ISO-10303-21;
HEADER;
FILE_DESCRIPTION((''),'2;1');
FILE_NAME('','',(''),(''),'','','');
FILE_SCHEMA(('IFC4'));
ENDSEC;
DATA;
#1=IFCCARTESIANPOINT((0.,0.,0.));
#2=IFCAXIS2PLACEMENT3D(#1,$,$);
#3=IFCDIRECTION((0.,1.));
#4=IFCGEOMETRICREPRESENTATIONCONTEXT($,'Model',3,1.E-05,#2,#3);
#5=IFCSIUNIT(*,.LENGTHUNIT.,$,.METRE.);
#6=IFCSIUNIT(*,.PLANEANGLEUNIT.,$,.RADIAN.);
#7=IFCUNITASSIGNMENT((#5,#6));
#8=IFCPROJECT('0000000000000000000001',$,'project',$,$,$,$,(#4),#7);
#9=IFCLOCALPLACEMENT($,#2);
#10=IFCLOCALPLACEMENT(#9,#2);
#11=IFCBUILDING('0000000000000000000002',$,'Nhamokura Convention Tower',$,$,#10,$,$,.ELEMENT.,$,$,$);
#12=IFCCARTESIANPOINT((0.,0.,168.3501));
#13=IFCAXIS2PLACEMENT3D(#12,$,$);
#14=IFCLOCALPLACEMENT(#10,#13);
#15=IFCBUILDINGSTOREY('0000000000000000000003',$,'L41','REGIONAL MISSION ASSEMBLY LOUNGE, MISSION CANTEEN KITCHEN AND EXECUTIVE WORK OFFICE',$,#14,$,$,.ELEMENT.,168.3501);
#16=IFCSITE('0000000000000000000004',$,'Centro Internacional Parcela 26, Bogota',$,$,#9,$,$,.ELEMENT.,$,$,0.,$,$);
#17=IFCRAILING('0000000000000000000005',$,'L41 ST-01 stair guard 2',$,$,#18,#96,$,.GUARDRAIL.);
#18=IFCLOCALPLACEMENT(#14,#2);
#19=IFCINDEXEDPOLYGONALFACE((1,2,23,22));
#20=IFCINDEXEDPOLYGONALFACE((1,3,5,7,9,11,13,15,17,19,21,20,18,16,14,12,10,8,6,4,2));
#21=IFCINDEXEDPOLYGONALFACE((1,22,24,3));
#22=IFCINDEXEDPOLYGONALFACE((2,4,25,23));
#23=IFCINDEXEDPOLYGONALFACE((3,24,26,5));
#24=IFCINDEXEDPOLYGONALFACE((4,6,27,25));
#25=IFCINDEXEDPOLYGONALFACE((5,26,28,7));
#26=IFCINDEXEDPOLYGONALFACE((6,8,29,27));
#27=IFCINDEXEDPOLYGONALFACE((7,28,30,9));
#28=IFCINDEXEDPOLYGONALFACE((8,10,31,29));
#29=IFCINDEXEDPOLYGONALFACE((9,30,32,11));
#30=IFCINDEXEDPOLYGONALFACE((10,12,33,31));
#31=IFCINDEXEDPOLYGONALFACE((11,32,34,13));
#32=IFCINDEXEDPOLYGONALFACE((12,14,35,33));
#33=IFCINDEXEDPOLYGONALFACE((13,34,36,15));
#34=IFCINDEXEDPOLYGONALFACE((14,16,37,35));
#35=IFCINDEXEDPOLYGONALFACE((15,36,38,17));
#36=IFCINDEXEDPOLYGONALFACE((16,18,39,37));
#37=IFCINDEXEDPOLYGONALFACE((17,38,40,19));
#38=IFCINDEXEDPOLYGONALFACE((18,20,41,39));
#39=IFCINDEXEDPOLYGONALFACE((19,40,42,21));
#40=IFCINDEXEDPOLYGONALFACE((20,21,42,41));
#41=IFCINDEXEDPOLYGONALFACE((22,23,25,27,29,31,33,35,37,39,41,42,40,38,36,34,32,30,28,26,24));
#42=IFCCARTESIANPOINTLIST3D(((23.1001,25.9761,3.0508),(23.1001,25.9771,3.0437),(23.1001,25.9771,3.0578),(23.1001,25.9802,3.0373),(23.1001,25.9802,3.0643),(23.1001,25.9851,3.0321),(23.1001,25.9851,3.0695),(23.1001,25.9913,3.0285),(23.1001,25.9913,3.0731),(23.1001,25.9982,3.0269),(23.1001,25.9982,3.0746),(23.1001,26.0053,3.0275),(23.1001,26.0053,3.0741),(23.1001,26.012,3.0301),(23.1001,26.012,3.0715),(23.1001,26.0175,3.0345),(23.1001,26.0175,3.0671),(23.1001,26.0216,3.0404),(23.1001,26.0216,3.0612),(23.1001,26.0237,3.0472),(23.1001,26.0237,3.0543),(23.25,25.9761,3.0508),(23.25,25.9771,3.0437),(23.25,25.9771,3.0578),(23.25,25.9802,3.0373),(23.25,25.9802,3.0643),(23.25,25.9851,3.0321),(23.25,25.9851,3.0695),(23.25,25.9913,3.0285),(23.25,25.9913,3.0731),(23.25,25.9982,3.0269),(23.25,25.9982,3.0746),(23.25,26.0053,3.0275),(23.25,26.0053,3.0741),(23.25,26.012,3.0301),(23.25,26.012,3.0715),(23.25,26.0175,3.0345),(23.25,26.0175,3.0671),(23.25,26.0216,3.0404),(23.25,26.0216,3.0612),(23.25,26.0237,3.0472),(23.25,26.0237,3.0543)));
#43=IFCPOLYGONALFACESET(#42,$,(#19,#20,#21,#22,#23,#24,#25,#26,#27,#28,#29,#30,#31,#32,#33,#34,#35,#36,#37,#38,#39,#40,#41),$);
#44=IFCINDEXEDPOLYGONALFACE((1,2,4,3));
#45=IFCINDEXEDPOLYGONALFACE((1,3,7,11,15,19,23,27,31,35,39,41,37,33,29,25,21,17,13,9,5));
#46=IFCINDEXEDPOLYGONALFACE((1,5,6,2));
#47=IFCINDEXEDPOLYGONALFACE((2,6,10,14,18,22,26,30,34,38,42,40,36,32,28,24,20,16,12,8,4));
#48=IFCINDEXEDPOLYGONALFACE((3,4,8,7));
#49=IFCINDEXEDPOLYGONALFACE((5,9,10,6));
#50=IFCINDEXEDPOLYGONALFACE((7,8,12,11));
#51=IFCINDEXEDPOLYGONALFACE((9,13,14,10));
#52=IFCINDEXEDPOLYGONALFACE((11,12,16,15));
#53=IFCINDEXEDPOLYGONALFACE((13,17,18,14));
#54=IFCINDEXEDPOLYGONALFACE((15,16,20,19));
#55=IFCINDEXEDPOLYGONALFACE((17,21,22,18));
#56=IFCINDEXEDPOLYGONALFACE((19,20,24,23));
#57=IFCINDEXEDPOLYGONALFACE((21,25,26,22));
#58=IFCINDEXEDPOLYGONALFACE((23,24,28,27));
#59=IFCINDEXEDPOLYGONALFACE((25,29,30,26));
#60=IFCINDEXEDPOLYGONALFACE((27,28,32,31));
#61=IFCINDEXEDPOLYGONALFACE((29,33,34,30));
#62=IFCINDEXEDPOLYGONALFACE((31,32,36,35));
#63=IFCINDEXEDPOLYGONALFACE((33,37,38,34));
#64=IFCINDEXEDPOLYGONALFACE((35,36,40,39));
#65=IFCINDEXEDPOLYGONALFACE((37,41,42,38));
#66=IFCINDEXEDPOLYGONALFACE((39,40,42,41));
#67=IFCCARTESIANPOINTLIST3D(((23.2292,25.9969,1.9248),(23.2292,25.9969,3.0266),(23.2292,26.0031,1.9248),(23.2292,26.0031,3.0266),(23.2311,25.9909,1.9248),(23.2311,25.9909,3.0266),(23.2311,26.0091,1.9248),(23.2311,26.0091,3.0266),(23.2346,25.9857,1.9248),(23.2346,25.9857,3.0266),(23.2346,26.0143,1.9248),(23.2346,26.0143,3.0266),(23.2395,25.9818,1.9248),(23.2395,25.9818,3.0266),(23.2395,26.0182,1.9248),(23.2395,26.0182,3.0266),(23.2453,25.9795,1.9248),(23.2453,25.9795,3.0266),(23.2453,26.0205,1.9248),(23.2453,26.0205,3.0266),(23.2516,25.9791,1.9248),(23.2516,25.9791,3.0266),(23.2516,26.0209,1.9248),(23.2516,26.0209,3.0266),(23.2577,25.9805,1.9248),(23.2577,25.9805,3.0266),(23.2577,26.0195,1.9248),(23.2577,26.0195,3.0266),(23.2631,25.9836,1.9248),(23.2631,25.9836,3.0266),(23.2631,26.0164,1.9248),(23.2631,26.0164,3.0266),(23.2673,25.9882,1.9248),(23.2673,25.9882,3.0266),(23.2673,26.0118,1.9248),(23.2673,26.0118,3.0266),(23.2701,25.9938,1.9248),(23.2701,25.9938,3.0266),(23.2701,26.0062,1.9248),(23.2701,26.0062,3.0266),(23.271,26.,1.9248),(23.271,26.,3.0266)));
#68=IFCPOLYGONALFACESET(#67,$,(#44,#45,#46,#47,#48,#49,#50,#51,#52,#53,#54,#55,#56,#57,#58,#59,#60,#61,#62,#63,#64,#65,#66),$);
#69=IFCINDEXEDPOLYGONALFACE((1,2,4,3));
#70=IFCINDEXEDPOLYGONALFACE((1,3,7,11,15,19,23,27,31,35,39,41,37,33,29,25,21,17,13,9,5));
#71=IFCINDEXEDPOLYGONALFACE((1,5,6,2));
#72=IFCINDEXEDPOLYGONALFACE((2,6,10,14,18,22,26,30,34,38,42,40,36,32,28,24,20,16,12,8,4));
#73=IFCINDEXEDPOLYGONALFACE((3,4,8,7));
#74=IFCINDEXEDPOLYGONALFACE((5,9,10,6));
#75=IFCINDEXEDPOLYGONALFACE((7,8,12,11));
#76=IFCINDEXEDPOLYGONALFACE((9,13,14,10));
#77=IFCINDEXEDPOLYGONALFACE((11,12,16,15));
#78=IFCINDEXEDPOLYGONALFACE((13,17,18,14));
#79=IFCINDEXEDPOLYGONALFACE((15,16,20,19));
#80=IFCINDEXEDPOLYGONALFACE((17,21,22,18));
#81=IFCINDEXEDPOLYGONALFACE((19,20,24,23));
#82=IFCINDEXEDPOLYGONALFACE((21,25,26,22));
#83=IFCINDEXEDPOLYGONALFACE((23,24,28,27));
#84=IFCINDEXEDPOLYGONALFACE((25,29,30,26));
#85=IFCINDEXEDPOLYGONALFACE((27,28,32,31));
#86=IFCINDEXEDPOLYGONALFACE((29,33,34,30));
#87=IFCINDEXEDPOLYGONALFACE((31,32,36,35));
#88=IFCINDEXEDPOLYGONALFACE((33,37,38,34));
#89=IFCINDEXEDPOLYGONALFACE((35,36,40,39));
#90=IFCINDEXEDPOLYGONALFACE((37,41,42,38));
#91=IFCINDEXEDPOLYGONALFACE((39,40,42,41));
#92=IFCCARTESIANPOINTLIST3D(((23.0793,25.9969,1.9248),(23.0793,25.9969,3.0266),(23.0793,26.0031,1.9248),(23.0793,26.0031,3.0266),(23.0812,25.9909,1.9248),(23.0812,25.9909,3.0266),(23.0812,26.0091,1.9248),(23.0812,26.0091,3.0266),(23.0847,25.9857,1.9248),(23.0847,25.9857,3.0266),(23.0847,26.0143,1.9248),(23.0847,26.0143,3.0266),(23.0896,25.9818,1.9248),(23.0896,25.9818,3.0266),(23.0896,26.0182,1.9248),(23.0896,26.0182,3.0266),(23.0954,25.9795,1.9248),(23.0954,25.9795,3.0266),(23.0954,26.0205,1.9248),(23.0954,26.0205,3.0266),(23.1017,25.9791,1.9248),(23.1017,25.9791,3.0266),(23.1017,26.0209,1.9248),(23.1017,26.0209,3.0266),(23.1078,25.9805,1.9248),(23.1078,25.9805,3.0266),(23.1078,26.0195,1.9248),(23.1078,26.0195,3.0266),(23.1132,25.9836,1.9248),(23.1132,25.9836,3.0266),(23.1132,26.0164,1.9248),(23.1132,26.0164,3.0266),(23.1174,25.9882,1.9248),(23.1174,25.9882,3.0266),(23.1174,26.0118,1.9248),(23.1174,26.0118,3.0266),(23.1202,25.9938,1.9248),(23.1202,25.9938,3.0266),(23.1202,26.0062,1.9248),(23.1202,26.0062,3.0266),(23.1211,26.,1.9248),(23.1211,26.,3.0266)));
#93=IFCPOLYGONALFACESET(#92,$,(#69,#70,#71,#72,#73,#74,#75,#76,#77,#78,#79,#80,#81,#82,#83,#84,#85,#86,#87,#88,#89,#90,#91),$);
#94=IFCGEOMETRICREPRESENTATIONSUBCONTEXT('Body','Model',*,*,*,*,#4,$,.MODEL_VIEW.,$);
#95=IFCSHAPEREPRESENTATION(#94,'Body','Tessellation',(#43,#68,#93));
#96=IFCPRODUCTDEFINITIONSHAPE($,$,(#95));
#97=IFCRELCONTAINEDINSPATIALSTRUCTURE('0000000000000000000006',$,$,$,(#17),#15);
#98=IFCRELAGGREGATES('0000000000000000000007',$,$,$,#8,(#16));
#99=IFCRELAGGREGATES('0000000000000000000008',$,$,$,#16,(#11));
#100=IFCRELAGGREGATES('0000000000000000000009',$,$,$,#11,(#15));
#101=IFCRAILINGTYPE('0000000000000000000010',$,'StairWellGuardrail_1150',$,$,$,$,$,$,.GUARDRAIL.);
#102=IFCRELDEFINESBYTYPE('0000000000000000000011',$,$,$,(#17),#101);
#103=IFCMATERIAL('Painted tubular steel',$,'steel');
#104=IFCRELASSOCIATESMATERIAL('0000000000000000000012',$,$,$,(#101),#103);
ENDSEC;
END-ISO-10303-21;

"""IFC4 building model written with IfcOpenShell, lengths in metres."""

from ifc_helpers import new_model, si_unit, direction, frame, origin, origin_2d, place, context, subcontext, project, spatial, circle, extrude, material, type_object, element, save


model = new_model("IFC4")

# Units and contexts
model_context = context("Model", 3, precision=1e-05, world=origin(), true_north=direction((0.0, 1.0)))
body_context = subcontext(model_context, "Body", "Model", "MODEL_VIEW")
ifc_project = project(units=[si_unit("LENGTHUNIT", "METRE"), si_unit("PLANEANGLEUNIT", "RADIAN")], contexts=[model_context])

# Site, building, storey
site_placement = place(None, origin())
site = spatial("IfcSite", under=ifc_project, at=site_placement, Name="Centro Internacional Parcela 26, Bogota", CompositionType="ELEMENT", RefElevation=0.0)
building_placement = place(site_placement, origin())
building = spatial("IfcBuilding", under=site, at=building_placement, Name="Nhamokura Convention Tower", CompositionType="ELEMENT")
storey_placement = place(building_placement, frame((0.0, 0.0, 168.3501)))
storey = spatial("IfcBuildingStorey", under=building, at=storey_placement, Name="L41", Description="REGIONAL MISSION ASSEMBLY LOUNGE, MISSION CANTEEN KITCHEN AND EXECUTIVE WORK OFFICE", CompositionType="ELEMENT", Elevation=168.3501)

# Railing
ifc_material_1 = material(Name="Painted tubular steel", Category="steel")
railing_type_1 = type_object("IfcRailingType", Name="StairWellGuardrail_1150", PredefinedType="GUARDRAIL", material=ifc_material_1)
railing_1_placement = place(storey_placement, frame((23.25, 26.0, 1.9248)))
element("IfcRailing", 1, at=railing_1_placement, inside=storey, type_object=railing_type_1, Name="L41 ST-01 stair guard 2", PredefinedType="GUARDRAIL", context=body_context, shape_type="SweptSolid", body=[
    extrude(circle(Radius=0.0239, at=origin_2d()), frame((0.0, 0.0, 1.126), z_axis=(-1.0, 0.0, 0.0), x_axis=(0.0, -1.0, 0.0)), (0.0, 0.0, 1.0), 0.1499),
    extrude(circle(Radius=0.021, at=origin_2d()), origin(), (0.0, 0.0, 1.0), 1.1018),
    extrude(circle(Radius=0.021, at=origin_2d()), frame((-0.1499, 0.0, 0.0)), (0.0, 0.0, 1.0), 1.1018),
])

save(model, "model.ifc")
